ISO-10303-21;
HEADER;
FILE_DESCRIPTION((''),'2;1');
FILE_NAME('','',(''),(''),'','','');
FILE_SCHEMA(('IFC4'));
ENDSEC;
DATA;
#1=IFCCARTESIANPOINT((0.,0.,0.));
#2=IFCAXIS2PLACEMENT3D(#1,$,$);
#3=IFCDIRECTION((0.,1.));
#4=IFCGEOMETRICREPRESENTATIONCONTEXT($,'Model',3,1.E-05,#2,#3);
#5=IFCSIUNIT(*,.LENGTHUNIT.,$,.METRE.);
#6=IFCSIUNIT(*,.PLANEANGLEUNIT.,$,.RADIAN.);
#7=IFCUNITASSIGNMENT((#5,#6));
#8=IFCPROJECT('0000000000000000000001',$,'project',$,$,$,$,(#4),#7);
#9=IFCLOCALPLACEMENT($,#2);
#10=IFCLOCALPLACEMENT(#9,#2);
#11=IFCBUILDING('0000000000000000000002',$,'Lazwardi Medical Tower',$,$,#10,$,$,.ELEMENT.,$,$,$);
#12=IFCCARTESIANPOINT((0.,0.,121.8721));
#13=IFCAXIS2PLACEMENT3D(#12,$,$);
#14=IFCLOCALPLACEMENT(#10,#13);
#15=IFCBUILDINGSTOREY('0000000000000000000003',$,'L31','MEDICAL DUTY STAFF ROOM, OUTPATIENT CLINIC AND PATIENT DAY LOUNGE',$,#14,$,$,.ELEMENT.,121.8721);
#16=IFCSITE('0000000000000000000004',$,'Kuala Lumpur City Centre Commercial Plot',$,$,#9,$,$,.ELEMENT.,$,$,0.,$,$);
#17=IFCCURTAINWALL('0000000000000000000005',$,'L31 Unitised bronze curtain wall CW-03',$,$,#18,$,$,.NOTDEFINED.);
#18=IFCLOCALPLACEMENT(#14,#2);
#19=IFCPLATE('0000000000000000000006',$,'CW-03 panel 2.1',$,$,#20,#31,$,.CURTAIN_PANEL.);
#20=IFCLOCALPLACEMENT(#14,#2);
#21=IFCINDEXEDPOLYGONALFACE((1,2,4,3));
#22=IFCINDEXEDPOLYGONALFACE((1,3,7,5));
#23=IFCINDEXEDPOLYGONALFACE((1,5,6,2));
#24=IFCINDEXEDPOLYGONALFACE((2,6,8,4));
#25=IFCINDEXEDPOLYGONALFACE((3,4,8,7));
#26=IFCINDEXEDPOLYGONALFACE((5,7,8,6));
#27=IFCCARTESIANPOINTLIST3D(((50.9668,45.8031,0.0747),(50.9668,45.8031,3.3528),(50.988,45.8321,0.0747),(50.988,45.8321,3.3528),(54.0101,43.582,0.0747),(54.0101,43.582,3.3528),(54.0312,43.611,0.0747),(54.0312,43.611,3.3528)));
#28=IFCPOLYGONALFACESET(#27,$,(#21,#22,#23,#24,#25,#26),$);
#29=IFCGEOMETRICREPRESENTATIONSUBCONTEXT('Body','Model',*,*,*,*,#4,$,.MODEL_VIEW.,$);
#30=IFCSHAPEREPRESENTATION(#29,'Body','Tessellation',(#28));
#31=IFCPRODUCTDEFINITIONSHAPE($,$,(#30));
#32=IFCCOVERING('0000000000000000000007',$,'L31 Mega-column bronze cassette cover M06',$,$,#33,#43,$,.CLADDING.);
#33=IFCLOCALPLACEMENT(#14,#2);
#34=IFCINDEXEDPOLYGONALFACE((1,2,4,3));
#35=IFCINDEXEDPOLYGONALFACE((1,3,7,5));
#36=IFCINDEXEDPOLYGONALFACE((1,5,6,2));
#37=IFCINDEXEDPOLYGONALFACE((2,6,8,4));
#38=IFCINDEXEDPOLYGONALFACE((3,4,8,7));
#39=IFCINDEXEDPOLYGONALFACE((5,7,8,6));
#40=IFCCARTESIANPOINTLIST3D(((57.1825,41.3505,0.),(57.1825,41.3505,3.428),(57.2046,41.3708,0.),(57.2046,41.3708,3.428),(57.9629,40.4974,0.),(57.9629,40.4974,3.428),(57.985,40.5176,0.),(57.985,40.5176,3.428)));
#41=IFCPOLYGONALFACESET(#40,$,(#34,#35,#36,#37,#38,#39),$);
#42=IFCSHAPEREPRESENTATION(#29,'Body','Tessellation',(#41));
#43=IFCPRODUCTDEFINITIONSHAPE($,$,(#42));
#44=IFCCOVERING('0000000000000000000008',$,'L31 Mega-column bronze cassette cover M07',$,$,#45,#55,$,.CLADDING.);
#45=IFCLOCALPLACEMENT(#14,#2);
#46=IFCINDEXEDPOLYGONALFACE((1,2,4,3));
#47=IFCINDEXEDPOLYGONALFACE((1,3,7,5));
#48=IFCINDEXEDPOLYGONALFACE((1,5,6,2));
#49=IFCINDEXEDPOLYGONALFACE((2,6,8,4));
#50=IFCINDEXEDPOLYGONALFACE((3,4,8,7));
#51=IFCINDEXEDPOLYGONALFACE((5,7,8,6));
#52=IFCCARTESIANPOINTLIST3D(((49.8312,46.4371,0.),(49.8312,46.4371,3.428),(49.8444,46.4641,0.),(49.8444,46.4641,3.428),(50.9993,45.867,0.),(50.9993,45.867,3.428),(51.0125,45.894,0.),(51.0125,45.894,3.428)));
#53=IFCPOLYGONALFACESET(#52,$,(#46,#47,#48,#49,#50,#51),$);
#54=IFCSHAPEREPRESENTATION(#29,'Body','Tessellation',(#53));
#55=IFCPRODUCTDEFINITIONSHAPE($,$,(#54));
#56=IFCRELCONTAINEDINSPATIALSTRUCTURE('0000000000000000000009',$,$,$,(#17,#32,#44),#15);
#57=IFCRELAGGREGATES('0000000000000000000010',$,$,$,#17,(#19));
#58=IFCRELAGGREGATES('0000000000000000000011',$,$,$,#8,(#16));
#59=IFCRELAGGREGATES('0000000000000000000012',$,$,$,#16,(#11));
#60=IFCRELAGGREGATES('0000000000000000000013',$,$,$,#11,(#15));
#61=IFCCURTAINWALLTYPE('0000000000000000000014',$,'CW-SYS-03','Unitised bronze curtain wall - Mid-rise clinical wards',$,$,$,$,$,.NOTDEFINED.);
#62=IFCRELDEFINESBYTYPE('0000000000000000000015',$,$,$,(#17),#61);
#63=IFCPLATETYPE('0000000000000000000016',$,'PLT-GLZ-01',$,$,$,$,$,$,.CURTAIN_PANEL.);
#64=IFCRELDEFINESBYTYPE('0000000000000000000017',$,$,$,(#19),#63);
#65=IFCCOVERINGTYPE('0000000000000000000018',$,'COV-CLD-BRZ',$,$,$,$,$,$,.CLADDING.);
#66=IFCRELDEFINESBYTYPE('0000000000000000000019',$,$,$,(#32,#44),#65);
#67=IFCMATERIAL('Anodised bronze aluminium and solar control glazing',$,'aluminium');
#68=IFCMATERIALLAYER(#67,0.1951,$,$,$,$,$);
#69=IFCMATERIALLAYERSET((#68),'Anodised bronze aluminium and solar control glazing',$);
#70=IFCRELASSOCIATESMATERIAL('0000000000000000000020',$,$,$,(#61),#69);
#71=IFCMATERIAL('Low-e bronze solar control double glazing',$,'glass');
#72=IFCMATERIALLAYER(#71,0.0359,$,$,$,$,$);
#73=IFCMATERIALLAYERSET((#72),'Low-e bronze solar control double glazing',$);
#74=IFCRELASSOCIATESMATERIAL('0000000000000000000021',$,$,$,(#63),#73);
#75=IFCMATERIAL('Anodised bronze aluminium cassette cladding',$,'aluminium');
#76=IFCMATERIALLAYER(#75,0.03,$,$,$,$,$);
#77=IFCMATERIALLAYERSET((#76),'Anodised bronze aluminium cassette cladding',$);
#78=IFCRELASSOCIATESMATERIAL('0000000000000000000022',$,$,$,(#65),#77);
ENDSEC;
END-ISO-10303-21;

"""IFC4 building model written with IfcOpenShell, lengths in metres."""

from ifc_helpers import new_model, si_unit, direction, frame, origin, origin_2d, place, context, subcontext, project, spatial, rectangle, extrude, material, layer, layer_set, type_object, element, aggregate, save


model = new_model("IFC4")

# Units and contexts
model_context = context("Model", 3, precision=1e-05, world=origin(), true_north=direction((0.0, 1.0)))
body_context = subcontext(model_context, "Body", "Model", "MODEL_VIEW")
ifc_project = project(units=[si_unit("LENGTHUNIT", "METRE"), si_unit("PLANEANGLEUNIT", "RADIAN")], contexts=[model_context])

# Site, building, storey
site_placement = place(None, origin())
site = spatial("IfcSite", under=ifc_project, at=site_placement, Name="Kuala Lumpur City Centre Commercial Plot", CompositionType="ELEMENT", RefElevation=0.0)
building_placement = place(site_placement, origin())
building = spatial("IfcBuilding", under=site, at=building_placement, Name="Lazwardi Medical Tower", CompositionType="ELEMENT")
storey_placement = place(building_placement, frame((0.0, 0.0, 121.8721)))
storey = spatial("IfcBuildingStorey", under=building, at=storey_placement, Name="L31", Description="MEDICAL DUTY STAFF ROOM, OUTPATIENT CLINIC AND PATIENT DAY LOUNGE", CompositionType="ELEMENT", Elevation=121.8721)

# Shared definitions
ifc_material_1 = material(Name="Anodised bronze aluminium and solar control glazing", Category="aluminium")
ifc_layer_1 = layer(ifc_material_1, 0.1951)
ifc_layer_set_1 = layer_set([ifc_layer_1], Name="Anodised bronze aluminium and solar control glazing")
curtain_wall_type = type_object("IfcCurtainWallType", Name="CW-SYS-03", Description="Unitised bronze curtain wall - Mid-rise clinical wards", PredefinedType="NOTDEFINED", material=ifc_layer_set_1)

# Curtain wall
curtain_wall_1_placement = place(storey_placement, origin())
curtain_wall_1 = element("IfcCurtainWall", 1, at=curtain_wall_1_placement, inside=storey, type_object=curtain_wall_type, Name="L31 Unitised bronze curtain wall CW-03", PredefinedType="NOTDEFINED")

# Plate
ifc_material_2 = material(Name="Low-e bronze solar control double glazing", Category="glass")
ifc_layer_2 = layer(ifc_material_2, 0.0359)
ifc_layer_set_2 = layer_set([ifc_layer_2], Name="Low-e bronze solar control double glazing")
plate_type = type_object("IfcPlateType", Name="PLT-GLZ-01", PredefinedType="CURTAIN_PANEL", material=ifc_layer_set_2)
plate_1_placement = place(storey_placement, frame((52.499, 44.707, 0.0747), z_axis=(0.0, 0.0, 1.0), x_axis=(-0.807746, 0.589531, 0.0)))
plate_1 = element("IfcPlate", 2, at=plate_1_placement, type_object=plate_type, Name="CW-03 panel 2.1", PredefinedType="CURTAIN_PANEL", context=body_context, shape_type="SweptSolid", body=[
    extrude(rectangle(XDim=3.7676, YDim=0.0359, at=origin_2d()), origin(), (0.0, 0.0, 1.0), 3.2781),
])
aggregate(curtain_wall_1, [plate_1])

# Coverings
ifc_material_3 = material(Name="Anodised bronze aluminium cassette cladding", Category="aluminium")
ifc_layer_3 = layer(ifc_material_3, 0.03)
ifc_layer_set_3 = layer_set([ifc_layer_3], Name="Anodised bronze aluminium cassette cladding")
covering_type = type_object("IfcCoveringType", Name="COV-CLD-BRZ", PredefinedType="CLADDING", material=ifc_layer_set_3)
covering_1_placement = place(storey_placement, frame((57.5837, 40.9341, 0.0), z_axis=(0.0, 0.0, 1.0), x_axis=(-0.674926, 0.737885, 0.0)))
element("IfcCovering", 3, at=covering_1_placement, inside=storey, type_object=covering_type, Name="L31 Mega-column bronze cassette cover M06", PredefinedType="CLADDING", context=body_context, shape_type="SweptSolid", body=[
    extrude(rectangle(XDim=1.1562, YDim=0.03, at=origin_2d()), origin(), (0.0, 0.0, 1.0), 3.428),
])
covering_2_placement = place(storey_placement, frame((50.4219, 46.1655, 0.0), z_axis=(0.0, 0.0, 1.0), x_axis=(-0.898679, 0.438606, 0.0)))
element("IfcCovering", 4, at=covering_2_placement, inside=storey, type_object=covering_type, Name="L31 Mega-column bronze cassette cover M07", PredefinedType="CLADDING", context=body_context, shape_type="SweptSolid", body=[
    extrude(rectangle(XDim=1.2998, YDim=0.03, at=origin_2d()), origin(), (0.0, 0.0, 1.0), 3.428),
])

save(model, "model.ifc")
